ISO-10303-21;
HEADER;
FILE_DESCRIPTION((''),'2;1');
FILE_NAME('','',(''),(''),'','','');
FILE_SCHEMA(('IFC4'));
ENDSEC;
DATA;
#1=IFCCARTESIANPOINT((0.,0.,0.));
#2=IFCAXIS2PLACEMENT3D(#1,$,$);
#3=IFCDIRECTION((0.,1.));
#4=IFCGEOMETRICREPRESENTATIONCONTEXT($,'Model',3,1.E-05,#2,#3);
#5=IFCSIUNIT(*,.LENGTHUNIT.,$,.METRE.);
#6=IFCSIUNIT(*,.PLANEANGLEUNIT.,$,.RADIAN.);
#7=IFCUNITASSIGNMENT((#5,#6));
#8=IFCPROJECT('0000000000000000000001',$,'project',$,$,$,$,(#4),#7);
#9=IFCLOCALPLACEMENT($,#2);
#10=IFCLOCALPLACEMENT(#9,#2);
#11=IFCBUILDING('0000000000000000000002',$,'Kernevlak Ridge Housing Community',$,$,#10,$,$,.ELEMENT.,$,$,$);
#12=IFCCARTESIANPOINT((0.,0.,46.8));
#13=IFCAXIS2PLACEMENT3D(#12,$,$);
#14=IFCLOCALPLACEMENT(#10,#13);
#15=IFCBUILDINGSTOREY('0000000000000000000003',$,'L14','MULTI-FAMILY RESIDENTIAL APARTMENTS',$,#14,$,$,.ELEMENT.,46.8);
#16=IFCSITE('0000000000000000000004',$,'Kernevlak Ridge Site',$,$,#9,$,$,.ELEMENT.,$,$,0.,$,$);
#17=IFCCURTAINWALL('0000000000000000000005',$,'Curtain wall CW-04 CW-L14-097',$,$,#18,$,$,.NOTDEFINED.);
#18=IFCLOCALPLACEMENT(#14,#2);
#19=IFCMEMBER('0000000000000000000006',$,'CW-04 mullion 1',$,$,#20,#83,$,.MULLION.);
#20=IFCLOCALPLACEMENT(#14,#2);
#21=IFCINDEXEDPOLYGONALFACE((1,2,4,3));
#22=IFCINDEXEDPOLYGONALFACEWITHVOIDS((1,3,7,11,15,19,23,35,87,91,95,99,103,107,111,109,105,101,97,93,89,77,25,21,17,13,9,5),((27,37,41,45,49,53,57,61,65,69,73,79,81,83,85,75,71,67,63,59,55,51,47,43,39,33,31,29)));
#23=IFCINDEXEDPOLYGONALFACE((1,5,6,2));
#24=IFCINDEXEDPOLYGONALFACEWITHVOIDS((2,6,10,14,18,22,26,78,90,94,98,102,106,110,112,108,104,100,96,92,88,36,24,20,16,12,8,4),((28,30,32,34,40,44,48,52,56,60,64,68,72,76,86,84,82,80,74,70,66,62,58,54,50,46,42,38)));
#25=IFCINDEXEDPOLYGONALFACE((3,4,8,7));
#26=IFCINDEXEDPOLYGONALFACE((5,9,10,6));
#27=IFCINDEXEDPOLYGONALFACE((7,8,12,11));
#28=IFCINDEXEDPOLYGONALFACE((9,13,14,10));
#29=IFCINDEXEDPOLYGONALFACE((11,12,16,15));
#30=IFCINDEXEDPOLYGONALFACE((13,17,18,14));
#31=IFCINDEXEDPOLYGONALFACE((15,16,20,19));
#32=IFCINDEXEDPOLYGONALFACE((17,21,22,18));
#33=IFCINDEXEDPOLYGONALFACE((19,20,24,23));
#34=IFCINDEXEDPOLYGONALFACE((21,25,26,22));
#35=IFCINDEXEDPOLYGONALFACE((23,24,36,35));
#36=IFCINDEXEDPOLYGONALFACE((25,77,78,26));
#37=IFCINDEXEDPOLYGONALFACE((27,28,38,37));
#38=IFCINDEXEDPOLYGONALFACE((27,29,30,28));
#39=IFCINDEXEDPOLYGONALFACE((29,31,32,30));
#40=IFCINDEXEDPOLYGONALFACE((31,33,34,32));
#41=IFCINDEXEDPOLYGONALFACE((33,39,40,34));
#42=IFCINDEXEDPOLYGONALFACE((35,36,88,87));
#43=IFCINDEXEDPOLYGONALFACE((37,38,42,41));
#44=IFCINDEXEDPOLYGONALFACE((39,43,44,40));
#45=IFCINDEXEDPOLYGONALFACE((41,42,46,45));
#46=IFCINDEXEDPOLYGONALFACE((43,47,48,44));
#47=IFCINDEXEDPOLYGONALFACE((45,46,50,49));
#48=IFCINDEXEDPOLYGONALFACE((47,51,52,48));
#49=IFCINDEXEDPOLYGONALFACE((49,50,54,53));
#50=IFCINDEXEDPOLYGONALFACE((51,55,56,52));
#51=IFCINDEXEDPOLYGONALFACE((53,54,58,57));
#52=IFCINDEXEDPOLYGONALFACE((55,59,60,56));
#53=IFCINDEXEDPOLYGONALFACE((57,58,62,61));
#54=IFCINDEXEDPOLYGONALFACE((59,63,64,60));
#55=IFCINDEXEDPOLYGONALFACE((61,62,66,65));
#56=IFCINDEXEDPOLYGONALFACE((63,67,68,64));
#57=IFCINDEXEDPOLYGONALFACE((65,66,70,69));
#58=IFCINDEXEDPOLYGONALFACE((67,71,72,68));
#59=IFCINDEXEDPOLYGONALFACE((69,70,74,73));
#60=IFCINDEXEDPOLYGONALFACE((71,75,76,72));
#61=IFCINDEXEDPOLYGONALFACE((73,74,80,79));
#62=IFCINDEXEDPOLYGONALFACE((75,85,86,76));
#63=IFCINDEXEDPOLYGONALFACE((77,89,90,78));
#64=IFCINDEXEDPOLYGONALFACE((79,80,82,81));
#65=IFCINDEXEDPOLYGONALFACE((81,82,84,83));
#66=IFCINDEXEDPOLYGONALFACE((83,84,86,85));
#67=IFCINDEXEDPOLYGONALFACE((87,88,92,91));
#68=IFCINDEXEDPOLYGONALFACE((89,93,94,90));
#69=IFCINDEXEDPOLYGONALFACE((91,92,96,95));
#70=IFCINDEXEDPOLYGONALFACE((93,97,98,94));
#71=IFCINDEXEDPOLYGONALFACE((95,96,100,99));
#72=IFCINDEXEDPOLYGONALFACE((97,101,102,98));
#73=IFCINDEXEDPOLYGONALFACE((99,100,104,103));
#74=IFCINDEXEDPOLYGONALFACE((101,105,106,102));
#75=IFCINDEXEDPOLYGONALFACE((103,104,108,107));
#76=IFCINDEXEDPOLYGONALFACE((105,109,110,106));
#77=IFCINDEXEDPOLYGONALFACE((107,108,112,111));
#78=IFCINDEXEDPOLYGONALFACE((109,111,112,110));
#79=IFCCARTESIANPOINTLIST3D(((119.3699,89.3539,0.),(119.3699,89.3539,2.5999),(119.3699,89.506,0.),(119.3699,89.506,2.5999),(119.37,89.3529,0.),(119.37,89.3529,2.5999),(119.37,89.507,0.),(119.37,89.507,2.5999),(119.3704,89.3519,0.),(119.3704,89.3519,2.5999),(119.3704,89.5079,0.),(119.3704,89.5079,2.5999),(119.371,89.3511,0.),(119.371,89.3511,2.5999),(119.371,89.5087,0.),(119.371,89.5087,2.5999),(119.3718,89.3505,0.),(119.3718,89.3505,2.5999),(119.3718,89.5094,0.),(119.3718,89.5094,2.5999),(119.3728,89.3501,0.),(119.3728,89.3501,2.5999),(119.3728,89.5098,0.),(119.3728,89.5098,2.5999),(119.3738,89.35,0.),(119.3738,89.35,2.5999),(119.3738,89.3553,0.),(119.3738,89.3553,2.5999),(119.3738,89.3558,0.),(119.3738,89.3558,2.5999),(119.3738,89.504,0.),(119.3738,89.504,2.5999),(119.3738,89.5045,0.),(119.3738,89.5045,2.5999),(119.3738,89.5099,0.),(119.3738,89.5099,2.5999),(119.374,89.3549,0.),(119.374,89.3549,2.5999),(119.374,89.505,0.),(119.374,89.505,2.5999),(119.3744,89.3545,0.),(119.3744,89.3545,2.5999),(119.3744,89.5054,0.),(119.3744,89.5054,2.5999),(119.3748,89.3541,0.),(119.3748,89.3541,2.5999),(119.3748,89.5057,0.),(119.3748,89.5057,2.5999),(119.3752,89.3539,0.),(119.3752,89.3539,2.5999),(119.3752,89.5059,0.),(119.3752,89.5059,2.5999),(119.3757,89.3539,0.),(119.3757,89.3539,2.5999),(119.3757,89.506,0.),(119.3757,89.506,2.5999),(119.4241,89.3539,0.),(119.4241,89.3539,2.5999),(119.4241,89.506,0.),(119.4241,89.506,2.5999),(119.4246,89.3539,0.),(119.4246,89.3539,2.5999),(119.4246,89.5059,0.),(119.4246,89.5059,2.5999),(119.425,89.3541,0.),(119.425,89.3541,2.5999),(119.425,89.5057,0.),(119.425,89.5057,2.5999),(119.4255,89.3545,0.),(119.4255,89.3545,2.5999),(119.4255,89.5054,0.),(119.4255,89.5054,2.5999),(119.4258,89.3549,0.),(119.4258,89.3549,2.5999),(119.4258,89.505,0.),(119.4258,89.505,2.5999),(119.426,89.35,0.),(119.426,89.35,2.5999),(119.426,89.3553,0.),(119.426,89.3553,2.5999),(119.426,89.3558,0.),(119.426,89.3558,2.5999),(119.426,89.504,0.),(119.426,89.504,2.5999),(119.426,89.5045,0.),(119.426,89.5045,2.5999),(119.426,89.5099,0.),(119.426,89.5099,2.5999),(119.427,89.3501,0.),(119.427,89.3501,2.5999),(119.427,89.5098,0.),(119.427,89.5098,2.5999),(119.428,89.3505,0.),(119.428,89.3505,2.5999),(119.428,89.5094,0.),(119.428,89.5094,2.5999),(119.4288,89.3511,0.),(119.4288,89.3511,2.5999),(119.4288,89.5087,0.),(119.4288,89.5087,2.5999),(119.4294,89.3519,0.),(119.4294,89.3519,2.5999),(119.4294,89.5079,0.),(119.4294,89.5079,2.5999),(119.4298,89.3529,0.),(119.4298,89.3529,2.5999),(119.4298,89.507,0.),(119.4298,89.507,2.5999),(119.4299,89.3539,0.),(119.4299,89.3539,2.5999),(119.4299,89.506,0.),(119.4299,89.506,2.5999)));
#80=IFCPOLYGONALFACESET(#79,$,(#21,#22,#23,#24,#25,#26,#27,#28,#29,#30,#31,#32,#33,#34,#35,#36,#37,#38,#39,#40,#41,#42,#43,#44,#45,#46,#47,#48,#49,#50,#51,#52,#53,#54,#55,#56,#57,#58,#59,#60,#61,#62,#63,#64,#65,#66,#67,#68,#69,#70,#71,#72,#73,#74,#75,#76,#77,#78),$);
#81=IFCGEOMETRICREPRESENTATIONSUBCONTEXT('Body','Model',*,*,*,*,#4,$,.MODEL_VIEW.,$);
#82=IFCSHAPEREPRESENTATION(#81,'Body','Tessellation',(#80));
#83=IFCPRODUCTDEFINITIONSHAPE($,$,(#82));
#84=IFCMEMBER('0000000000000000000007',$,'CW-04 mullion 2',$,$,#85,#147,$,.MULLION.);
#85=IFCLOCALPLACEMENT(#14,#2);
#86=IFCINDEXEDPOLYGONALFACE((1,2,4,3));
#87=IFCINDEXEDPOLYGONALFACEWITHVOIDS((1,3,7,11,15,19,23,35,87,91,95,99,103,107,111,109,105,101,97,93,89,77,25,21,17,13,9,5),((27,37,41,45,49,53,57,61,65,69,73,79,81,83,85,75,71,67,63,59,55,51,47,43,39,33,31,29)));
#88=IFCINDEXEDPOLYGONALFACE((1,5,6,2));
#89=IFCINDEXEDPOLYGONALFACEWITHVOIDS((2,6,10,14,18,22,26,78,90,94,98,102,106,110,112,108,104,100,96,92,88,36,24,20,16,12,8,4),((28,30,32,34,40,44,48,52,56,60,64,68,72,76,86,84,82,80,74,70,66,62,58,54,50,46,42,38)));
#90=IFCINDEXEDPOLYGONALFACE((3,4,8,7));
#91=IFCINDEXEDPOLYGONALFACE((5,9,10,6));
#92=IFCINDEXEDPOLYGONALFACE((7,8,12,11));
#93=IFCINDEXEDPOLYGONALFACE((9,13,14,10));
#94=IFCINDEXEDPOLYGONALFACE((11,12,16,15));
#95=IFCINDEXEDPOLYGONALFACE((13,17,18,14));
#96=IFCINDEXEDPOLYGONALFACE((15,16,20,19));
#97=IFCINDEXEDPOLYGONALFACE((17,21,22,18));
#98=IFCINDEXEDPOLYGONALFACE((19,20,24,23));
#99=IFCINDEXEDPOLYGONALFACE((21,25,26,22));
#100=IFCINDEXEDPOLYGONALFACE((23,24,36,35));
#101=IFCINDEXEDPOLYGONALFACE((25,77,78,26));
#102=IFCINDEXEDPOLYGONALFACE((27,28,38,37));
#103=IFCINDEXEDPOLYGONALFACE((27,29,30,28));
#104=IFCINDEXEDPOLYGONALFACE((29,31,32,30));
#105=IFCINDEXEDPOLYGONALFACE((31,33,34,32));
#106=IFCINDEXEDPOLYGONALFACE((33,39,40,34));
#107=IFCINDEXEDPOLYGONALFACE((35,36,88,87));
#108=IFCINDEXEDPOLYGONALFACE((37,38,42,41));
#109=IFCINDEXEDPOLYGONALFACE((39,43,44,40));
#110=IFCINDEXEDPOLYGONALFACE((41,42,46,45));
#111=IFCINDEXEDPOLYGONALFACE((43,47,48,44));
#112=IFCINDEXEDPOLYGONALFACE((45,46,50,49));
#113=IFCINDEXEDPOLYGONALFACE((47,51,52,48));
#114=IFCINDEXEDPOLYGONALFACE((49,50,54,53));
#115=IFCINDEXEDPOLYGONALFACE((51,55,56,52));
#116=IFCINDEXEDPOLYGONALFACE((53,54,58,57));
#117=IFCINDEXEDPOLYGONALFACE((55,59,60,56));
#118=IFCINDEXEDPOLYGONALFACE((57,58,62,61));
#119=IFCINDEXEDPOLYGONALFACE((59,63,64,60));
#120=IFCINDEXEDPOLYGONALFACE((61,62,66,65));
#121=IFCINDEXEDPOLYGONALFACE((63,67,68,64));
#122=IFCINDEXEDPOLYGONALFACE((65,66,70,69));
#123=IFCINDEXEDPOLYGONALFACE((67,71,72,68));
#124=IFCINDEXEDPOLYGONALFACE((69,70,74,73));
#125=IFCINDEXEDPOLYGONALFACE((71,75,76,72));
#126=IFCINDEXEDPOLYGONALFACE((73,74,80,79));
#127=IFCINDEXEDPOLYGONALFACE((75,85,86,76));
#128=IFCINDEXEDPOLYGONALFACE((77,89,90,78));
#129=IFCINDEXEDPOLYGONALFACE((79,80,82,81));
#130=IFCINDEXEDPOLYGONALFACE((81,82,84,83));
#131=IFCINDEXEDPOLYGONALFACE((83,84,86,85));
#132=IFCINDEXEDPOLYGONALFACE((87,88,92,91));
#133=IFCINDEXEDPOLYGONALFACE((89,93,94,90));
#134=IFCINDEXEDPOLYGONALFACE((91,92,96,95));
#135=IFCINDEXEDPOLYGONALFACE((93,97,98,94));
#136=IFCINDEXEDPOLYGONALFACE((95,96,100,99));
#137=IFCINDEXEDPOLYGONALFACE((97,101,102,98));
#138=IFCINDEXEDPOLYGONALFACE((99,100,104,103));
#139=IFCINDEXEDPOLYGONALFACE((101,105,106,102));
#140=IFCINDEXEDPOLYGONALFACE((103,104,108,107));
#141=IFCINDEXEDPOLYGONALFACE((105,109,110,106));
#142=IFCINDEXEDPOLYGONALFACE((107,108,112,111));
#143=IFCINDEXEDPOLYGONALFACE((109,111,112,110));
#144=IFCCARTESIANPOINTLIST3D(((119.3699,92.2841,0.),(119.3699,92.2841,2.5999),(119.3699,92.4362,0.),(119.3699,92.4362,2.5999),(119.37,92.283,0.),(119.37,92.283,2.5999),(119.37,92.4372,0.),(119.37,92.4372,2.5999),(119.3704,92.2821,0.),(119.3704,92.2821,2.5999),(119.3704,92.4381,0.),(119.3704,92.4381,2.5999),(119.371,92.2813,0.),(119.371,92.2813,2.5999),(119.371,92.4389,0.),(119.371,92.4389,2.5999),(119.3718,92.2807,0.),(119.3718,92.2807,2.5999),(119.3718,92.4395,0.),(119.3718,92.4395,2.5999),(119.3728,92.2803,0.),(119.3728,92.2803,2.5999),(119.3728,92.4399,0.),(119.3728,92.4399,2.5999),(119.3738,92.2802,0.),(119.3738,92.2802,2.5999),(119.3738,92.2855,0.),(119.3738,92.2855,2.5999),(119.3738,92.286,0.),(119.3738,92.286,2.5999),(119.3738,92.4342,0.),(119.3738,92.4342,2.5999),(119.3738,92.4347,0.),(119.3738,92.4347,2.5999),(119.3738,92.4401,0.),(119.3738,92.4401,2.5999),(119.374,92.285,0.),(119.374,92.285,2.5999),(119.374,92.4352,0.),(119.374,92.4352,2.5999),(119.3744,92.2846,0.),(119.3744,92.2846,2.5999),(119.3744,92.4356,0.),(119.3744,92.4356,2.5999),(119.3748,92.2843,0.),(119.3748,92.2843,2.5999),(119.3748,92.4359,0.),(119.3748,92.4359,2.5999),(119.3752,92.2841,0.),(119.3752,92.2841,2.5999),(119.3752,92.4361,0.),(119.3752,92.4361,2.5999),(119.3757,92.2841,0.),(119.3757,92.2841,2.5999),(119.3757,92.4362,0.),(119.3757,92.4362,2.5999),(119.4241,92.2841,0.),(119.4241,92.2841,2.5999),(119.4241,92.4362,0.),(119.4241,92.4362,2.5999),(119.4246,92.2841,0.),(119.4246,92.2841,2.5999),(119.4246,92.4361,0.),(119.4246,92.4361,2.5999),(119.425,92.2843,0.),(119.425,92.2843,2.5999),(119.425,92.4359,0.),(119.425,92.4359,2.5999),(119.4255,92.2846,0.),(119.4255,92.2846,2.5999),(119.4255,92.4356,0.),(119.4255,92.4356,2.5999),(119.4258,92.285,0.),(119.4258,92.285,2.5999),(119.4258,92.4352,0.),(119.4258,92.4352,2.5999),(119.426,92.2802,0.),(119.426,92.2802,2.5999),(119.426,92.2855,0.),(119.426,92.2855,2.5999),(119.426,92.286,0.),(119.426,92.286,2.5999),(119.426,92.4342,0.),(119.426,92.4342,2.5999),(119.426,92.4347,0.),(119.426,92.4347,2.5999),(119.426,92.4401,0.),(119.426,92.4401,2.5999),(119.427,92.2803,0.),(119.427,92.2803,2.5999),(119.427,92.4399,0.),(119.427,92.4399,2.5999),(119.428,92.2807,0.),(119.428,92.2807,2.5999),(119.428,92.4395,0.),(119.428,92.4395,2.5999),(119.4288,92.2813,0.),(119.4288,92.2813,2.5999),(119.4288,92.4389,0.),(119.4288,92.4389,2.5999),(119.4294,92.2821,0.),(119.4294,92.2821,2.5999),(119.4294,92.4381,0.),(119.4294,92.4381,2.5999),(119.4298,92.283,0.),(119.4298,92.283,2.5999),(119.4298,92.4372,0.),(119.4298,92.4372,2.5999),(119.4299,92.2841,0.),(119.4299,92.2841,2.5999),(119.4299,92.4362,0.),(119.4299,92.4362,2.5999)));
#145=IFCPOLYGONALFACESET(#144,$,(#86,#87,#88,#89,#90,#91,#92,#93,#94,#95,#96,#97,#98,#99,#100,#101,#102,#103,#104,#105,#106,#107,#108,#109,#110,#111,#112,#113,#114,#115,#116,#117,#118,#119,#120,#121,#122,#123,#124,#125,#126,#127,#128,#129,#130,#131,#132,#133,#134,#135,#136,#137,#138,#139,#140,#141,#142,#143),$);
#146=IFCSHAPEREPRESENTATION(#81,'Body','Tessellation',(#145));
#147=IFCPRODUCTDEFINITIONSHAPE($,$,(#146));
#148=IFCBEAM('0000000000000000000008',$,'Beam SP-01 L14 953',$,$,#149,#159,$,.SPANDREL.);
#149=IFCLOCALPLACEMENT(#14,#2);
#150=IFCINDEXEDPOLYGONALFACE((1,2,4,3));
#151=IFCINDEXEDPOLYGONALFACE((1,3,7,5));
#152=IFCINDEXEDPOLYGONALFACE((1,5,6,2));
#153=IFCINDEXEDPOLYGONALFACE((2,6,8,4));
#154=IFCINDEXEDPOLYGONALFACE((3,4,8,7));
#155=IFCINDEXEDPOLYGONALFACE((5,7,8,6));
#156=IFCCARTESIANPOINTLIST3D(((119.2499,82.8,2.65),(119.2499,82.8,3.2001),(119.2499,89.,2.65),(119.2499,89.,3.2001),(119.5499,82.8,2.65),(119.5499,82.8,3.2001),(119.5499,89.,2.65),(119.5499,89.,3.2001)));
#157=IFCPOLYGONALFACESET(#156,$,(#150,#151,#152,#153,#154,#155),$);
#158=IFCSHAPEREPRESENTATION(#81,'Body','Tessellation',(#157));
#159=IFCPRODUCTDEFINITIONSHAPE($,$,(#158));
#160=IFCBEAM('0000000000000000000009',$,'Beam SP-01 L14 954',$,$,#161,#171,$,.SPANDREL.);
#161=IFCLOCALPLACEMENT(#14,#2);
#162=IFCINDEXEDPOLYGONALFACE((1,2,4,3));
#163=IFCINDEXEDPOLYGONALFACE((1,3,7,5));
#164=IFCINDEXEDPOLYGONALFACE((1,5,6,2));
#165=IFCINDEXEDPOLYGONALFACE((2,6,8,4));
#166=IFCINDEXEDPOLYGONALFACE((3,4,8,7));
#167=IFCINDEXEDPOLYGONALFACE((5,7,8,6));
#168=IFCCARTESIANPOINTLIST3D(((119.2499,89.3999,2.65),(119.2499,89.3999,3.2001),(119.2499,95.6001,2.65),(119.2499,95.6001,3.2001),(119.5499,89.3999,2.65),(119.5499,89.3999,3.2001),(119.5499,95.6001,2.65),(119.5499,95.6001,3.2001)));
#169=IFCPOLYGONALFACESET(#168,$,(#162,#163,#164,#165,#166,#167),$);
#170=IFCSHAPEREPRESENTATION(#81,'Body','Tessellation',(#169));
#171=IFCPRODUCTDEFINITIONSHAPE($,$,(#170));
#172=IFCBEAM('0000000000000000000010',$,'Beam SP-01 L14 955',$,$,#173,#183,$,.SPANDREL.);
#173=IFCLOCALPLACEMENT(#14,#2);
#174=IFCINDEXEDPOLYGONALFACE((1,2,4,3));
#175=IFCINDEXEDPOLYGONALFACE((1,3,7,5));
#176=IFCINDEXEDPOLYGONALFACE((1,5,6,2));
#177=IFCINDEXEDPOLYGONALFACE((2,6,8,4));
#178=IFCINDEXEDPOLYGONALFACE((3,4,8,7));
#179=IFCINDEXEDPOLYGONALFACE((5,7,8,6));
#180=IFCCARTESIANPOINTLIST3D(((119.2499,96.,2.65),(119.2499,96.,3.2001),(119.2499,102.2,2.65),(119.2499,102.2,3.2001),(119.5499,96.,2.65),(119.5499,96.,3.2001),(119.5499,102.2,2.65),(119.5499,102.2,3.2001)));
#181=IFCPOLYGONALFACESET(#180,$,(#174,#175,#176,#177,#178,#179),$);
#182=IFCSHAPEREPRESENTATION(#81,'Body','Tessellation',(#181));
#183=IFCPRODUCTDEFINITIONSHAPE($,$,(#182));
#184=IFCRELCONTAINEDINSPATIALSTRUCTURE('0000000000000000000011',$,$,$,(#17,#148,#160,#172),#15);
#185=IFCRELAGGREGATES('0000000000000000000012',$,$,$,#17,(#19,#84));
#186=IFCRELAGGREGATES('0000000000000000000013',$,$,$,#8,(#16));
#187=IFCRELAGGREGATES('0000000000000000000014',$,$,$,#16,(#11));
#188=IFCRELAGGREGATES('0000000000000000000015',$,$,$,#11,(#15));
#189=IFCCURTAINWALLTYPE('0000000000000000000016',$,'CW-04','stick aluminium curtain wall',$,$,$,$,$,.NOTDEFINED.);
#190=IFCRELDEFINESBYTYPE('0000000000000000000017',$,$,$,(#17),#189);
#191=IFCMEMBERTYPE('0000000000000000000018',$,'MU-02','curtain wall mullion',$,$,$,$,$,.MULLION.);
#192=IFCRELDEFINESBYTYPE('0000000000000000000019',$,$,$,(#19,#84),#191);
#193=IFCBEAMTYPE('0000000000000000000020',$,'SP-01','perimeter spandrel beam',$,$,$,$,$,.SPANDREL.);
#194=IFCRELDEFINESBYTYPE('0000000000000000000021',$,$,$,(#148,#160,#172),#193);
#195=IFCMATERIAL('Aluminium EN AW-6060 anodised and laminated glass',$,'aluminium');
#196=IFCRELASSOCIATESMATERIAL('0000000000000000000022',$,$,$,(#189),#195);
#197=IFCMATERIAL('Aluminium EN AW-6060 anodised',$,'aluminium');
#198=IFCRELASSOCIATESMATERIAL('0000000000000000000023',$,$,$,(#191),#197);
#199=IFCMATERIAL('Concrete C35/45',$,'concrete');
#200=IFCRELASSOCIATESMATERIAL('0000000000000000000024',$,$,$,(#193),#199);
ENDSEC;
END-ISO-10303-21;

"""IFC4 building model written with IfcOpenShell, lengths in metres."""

from ifc_helpers import new_model, si_unit, direction, frame, origin, origin_2d, place, context, subcontext, project, spatial, rectangle, hollow_rectangle, extrude, material, material_profile, profile_set, type_object, element, aggregate, save


model = new_model("IFC4")

# Units and contexts
model_context = context("Model", 3, precision=1e-05, world=origin(), true_north=direction((0.0, 1.0)))
body_context = subcontext(model_context, "Body", "Model", "MODEL_VIEW")
ifc_project = project(units=[si_unit("LENGTHUNIT", "METRE"), si_unit("PLANEANGLEUNIT", "RADIAN")], contexts=[model_context])

# Site, building, storey
site_placement = place(None, origin())
site = spatial("IfcSite", under=ifc_project, at=site_placement, Name="Kernevlak Ridge Site", CompositionType="ELEMENT", RefElevation=0.0)
building_placement = place(site_placement, origin())
building = spatial("IfcBuilding", under=site, at=building_placement, Name="Kernevlak Ridge Housing Community", CompositionType="ELEMENT")
storey_placement = place(building_placement, frame((0.0, 0.0, 46.8)))
storey = spatial("IfcBuildingStorey", under=building, at=storey_placement, Name="L14", Description="MULTI-FAMILY RESIDENTIAL APARTMENTS", CompositionType="ELEMENT", Elevation=46.8)

# Shared definitions
ifc_material_1 = material(Name="Concrete C35/45", Category="concrete")

# Curtain wall, members
ifc_material_2 = material(Name="Aluminium EN AW-6060 anodised and laminated glass", Category="aluminium")
ifc_material_3 = material(Name="Aluminium EN AW-6060 anodised", Category="aluminium")
curtain_wall_type_1 = type_object("IfcCurtainWallType", Name="CW-04", Description="stick aluminium curtain wall", PredefinedType="NOTDEFINED", material=ifc_material_2)
curtain_wall_1_placement = place(storey_placement, origin())
curtain_wall_1 = element("IfcCurtainWall", 1, at=curtain_wall_1_placement, inside=storey, type_object=curtain_wall_type_1, Name="Curtain wall CW-04 CW-L14-097", PredefinedType="NOTDEFINED")
ifc_material_profile_1 = material_profile(ifc_material_3, hollow_rectangle(XDim=0.0601, YDim=0.1599, WallThickness=0.0039, InnerFilletRadius=0.002, OuterFilletRadius=0.0039, at=origin_2d()), Name="ALU 60x160x4")
ifc_profile_set_1 = profile_set([ifc_material_profile_1], Name="Aluminium EN AW-6060 anodised")
member_type_1 = type_object("IfcMemberType", Name="MU-02", Description="curtain wall mullion", PredefinedType="MULLION", material=ifc_profile_set_1)
member_1_placement = place(storey_placement, frame((119.3999, 89.4299, 0.0), z_axis=(0.0, 0.0, 1.0), x_axis=(-1.0, 0.0, 0.0)))
member_1 = element("IfcMember", 2, at=member_1_placement, type_object=member_type_1, Name="CW-04 mullion 1", PredefinedType="MULLION", context=body_context, shape_type="SweptSolid", body=[
    extrude(hollow_rectangle(XDim=0.0601, YDim=0.1599, WallThickness=0.0039, InnerFilletRadius=0.002, OuterFilletRadius=0.0039, at=origin_2d()), origin(), (0.0, 0.0, 1.0), 2.5999),
])
member_2_placement = place(storey_placement, frame((119.3999, 92.3601, 0.0), z_axis=(0.0, 0.0, 1.0), x_axis=(-1.0, 0.0, 0.0)))
member_2 = element("IfcMember", 3, at=member_2_placement, type_object=member_type_1, Name="CW-04 mullion 2", PredefinedType="MULLION", context=body_context, shape_type="SweptSolid", body=[
    extrude(hollow_rectangle(XDim=0.0601, YDim=0.1599, WallThickness=0.0039, InnerFilletRadius=0.002, OuterFilletRadius=0.0039, at=origin_2d()), origin(), (0.0, 0.0, 1.0), 2.5999),
])
aggregate(curtain_wall_1, [member_1, member_2])

# Beams
ifc_material_profile_2 = material_profile(ifc_material_1, rectangle(XDim=0.3, YDim=0.55, at=origin_2d()), Name="RC 300x550")
ifc_profile_set_2 = profile_set([ifc_material_profile_2], Name="Concrete C35/45")
beam_type = type_object("IfcBeamType", Name="SP-01", Description="perimeter spandrel beam", PredefinedType="SPANDREL", material=ifc_profile_set_2)
beam_1_placement = place(storey_placement, frame((119.3999, 82.8, 2.925), z_axis=(0.0, 1.0, 0.0), x_axis=(-1.0, 0.0, 0.0)))
element("IfcBeam", 4, at=beam_1_placement, inside=storey, type_object=beam_type, Name="Beam SP-01 L14 953", PredefinedType="SPANDREL", context=body_context, shape_type="SweptSolid", body=[
    extrude(rectangle(XDim=0.3, YDim=0.55, at=origin_2d()), origin(), (0.0, 0.0, 1.0), 6.2),
])
beam_2_placement = place(storey_placement, frame((119.3999, 89.3999, 2.925), z_axis=(0.0, 1.0, 0.0), x_axis=(-1.0, 0.0, 0.0)))
element("IfcBeam", 5, at=beam_2_placement, inside=storey, type_object=beam_type, Name="Beam SP-01 L14 954", PredefinedType="SPANDREL", context=body_context, shape_type="SweptSolid", body=[
    extrude(rectangle(XDim=0.3, YDim=0.55, at=origin_2d()), origin(), (0.0, 0.0, 1.0), 6.2002),
])
beam_3_placement = place(storey_placement, frame((119.3999, 96.0, 2.925), z_axis=(0.0, 1.0, 0.0), x_axis=(-1.0, 0.0, 0.0)))
element("IfcBeam", 6, at=beam_3_placement, inside=storey, type_object=beam_type, Name="Beam SP-01 L14 955", PredefinedType="SPANDREL", context=body_context, shape_type="SweptSolid", body=[
    extrude(rectangle(XDim=0.3, YDim=0.55, at=origin_2d()), origin(), (0.0, 0.0, 1.0), 6.2),
])

save(model, "model.ifc")
